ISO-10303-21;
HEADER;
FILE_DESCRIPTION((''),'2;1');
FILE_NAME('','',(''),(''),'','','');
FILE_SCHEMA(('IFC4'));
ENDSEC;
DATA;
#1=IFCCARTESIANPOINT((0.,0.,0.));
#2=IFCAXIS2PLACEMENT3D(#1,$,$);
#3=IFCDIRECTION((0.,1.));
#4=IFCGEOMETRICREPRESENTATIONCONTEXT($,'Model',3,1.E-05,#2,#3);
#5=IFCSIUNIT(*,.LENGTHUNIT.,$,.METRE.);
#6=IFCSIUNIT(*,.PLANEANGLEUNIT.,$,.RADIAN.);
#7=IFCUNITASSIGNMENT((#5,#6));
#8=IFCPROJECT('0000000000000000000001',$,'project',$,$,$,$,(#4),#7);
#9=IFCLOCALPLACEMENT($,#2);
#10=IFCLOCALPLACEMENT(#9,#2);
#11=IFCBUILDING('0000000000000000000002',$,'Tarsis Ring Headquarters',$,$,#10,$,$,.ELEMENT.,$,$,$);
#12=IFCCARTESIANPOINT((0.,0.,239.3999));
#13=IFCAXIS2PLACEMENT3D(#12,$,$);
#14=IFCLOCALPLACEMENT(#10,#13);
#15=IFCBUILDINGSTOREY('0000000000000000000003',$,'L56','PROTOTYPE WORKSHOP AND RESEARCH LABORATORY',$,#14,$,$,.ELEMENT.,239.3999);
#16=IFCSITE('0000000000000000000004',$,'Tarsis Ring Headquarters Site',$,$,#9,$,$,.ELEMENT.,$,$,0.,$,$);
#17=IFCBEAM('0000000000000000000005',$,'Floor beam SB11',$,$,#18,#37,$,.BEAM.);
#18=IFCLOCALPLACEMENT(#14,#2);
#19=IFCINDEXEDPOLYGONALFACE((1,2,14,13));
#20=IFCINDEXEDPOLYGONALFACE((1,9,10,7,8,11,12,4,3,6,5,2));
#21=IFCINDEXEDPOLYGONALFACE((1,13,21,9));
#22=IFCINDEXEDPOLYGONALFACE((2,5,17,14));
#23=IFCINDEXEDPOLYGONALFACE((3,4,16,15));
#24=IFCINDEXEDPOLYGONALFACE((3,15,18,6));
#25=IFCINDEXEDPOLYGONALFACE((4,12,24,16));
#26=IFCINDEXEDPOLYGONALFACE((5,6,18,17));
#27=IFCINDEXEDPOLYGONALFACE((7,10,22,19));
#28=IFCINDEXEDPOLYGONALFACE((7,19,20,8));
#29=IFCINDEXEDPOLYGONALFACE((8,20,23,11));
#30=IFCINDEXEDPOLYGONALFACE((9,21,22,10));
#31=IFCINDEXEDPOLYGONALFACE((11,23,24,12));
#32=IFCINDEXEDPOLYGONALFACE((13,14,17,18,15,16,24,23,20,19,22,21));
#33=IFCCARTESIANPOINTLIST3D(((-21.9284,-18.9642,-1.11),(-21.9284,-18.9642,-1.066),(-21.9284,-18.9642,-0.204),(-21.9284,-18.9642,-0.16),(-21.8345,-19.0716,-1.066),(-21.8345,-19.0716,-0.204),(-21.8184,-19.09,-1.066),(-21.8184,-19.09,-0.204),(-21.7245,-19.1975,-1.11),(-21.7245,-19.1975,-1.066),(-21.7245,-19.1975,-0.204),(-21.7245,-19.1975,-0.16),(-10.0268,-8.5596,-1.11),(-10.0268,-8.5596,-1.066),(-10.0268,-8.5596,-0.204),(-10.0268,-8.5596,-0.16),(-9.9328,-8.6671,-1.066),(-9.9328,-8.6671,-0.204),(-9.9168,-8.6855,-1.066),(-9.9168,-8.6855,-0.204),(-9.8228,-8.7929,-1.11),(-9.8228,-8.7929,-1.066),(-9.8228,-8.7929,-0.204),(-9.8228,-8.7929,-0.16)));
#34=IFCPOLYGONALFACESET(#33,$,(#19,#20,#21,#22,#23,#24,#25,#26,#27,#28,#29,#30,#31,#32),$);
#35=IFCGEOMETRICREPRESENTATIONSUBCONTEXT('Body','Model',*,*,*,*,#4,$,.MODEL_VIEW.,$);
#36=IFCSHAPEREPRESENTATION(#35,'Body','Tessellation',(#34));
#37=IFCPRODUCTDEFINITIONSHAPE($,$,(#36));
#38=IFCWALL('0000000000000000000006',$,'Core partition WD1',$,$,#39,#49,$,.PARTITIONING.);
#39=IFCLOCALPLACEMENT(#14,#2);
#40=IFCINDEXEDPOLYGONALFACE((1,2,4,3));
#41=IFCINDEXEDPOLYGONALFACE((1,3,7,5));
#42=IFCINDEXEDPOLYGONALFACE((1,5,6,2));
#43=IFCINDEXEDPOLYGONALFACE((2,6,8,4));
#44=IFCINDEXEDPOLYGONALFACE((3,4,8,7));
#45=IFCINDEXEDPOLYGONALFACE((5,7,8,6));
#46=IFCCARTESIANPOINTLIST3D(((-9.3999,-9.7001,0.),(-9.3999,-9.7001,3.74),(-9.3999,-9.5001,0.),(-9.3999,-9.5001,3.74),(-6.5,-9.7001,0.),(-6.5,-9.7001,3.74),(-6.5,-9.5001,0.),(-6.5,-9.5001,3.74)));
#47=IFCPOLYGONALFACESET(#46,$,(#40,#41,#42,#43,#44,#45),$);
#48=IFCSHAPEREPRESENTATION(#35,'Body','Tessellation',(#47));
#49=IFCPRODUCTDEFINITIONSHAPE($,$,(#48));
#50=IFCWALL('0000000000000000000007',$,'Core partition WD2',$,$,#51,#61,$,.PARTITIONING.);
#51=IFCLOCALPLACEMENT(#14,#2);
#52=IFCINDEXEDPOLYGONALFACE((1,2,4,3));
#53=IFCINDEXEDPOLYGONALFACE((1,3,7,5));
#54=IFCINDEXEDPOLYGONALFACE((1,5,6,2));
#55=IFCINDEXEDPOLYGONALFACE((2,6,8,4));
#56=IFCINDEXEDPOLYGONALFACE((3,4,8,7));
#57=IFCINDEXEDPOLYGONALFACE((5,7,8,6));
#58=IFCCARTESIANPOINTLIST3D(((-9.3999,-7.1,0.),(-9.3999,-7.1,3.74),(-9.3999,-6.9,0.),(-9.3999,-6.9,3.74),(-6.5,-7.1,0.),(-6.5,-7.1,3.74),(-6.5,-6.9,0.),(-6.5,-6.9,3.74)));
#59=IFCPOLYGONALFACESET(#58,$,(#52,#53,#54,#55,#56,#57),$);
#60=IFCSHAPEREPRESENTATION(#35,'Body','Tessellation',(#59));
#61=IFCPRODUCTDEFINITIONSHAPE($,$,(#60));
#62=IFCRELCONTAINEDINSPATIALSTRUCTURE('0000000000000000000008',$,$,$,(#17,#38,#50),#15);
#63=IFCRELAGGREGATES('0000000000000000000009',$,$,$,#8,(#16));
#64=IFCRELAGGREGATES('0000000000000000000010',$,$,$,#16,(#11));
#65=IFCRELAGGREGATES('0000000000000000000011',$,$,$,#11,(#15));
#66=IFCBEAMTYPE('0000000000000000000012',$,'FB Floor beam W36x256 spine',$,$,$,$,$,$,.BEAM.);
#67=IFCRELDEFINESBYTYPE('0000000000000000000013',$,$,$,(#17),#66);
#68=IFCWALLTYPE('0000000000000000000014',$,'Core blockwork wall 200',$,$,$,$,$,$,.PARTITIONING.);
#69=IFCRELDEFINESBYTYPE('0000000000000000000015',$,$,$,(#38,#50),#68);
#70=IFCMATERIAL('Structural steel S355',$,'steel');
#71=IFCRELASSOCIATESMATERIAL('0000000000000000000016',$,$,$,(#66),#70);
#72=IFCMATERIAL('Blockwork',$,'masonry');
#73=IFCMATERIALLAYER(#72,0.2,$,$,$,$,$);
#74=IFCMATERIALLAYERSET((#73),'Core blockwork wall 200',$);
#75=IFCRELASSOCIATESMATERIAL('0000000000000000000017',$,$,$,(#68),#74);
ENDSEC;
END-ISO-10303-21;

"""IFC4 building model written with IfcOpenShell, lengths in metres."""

from ifc_helpers import new_model, si_unit, direction, frame, frame_2d, origin, origin_2d, place, context, subcontext, project, spatial, rectangle, i_section, extrude, material, layer, layer_set, material_profile, profile_set, type_object, element, save


model = new_model("IFC4")

# Units and contexts
model_context = context("Model", 3, precision=1e-05, world=origin(), true_north=direction((0.0, 1.0)))
body_context = subcontext(model_context, "Body", "Model", "MODEL_VIEW")
ifc_project = project(units=[si_unit("LENGTHUNIT", "METRE"), si_unit("PLANEANGLEUNIT", "RADIAN")], contexts=[model_context])

# Site, building, storey
site_placement = place(None, origin())
site = spatial("IfcSite", under=ifc_project, at=site_placement, Name="Tarsis Ring Headquarters Site", CompositionType="ELEMENT", RefElevation=0.0)
building_placement = place(site_placement, origin())
building = spatial("IfcBuilding", under=site, at=building_placement, Name="Tarsis Ring Headquarters", CompositionType="ELEMENT")
storey_placement = place(building_placement, frame((0.0, 0.0, 239.3999)))
storey = spatial("IfcBuildingStorey", under=building, at=storey_placement, Name="L56", Description="PROTOTYPE WORKSHOP AND RESEARCH LABORATORY", CompositionType="ELEMENT", Elevation=239.3999)

# Beam
ifc_material_1 = material(Name="Structural steel S355", Category="steel")
ifc_material_profile = material_profile(ifc_material_1, i_section(OverallWidth=0.3098, OverallDepth=0.95, WebThickness=0.0244, FlangeThickness=0.0439, at=origin_2d()), Name="W36x256")
ifc_profile_set = profile_set([ifc_material_profile], Name="Structural steel S355")
beam_type = type_object("IfcBeamType", Name="FB Floor beam W36x256 spine", PredefinedType="BEAM", material=ifc_profile_set)
beam_placement = place(storey_placement, frame((-9.9248, -8.6763, -0.635), z_axis=(-0.75287, -0.658169, 0.0), x_axis=(0.658169, -0.75287, 0.0)))
element("IfcBeam", 1, at=beam_placement, inside=storey, type_object=beam_type, Name="Floor beam SB11", PredefinedType="BEAM", context=body_context, shape_type="SweptSolid", body=[
    extrude(i_section(OverallWidth=0.3098, OverallDepth=0.95, WebThickness=0.0244, FlangeThickness=0.0439, at=origin_2d()), origin(), (0.0, 0.0, 1.0), 15.8083),
])

# Walls
ifc_material_2 = material(Name="Blockwork", Category="masonry")
ifc_layer_1 = layer(ifc_material_2, 0.2)
ifc_layer_set_1 = layer_set([ifc_layer_1], Name="Core blockwork wall 200")
wall_type_1 = type_object("IfcWallType", Name="Core blockwork wall 200", PredefinedType="PARTITIONING", material=ifc_layer_set_1)
for number, where, z_axis, x_axis, name in (
    (2, (-9.3999, -9.6001, 0.0), (0.0, 0.0, 1.0), (1.0, 0.0, 0.0), "Core partition WD1"),
    (3, (-9.3999, -7.0, 0.0), (0.0, 0.0, 1.0), (1.0, 0.0, 0.0), "Core partition WD2"),
):
    element("IfcWall", number, at=place(storey_placement, frame(where, z_axis=z_axis, x_axis=x_axis)), inside=storey, type_object=wall_type_1, Name=name, PredefinedType="PARTITIONING", context=body_context, shape_type="SweptSolid", body=[
        extrude(rectangle(XDim=2.8999, YDim=0.2, at=frame_2d((1.45, 0.0))), origin(), (0.0, 0.0, 1.0), 3.74),
    ])

save(model, "model.ifc")
